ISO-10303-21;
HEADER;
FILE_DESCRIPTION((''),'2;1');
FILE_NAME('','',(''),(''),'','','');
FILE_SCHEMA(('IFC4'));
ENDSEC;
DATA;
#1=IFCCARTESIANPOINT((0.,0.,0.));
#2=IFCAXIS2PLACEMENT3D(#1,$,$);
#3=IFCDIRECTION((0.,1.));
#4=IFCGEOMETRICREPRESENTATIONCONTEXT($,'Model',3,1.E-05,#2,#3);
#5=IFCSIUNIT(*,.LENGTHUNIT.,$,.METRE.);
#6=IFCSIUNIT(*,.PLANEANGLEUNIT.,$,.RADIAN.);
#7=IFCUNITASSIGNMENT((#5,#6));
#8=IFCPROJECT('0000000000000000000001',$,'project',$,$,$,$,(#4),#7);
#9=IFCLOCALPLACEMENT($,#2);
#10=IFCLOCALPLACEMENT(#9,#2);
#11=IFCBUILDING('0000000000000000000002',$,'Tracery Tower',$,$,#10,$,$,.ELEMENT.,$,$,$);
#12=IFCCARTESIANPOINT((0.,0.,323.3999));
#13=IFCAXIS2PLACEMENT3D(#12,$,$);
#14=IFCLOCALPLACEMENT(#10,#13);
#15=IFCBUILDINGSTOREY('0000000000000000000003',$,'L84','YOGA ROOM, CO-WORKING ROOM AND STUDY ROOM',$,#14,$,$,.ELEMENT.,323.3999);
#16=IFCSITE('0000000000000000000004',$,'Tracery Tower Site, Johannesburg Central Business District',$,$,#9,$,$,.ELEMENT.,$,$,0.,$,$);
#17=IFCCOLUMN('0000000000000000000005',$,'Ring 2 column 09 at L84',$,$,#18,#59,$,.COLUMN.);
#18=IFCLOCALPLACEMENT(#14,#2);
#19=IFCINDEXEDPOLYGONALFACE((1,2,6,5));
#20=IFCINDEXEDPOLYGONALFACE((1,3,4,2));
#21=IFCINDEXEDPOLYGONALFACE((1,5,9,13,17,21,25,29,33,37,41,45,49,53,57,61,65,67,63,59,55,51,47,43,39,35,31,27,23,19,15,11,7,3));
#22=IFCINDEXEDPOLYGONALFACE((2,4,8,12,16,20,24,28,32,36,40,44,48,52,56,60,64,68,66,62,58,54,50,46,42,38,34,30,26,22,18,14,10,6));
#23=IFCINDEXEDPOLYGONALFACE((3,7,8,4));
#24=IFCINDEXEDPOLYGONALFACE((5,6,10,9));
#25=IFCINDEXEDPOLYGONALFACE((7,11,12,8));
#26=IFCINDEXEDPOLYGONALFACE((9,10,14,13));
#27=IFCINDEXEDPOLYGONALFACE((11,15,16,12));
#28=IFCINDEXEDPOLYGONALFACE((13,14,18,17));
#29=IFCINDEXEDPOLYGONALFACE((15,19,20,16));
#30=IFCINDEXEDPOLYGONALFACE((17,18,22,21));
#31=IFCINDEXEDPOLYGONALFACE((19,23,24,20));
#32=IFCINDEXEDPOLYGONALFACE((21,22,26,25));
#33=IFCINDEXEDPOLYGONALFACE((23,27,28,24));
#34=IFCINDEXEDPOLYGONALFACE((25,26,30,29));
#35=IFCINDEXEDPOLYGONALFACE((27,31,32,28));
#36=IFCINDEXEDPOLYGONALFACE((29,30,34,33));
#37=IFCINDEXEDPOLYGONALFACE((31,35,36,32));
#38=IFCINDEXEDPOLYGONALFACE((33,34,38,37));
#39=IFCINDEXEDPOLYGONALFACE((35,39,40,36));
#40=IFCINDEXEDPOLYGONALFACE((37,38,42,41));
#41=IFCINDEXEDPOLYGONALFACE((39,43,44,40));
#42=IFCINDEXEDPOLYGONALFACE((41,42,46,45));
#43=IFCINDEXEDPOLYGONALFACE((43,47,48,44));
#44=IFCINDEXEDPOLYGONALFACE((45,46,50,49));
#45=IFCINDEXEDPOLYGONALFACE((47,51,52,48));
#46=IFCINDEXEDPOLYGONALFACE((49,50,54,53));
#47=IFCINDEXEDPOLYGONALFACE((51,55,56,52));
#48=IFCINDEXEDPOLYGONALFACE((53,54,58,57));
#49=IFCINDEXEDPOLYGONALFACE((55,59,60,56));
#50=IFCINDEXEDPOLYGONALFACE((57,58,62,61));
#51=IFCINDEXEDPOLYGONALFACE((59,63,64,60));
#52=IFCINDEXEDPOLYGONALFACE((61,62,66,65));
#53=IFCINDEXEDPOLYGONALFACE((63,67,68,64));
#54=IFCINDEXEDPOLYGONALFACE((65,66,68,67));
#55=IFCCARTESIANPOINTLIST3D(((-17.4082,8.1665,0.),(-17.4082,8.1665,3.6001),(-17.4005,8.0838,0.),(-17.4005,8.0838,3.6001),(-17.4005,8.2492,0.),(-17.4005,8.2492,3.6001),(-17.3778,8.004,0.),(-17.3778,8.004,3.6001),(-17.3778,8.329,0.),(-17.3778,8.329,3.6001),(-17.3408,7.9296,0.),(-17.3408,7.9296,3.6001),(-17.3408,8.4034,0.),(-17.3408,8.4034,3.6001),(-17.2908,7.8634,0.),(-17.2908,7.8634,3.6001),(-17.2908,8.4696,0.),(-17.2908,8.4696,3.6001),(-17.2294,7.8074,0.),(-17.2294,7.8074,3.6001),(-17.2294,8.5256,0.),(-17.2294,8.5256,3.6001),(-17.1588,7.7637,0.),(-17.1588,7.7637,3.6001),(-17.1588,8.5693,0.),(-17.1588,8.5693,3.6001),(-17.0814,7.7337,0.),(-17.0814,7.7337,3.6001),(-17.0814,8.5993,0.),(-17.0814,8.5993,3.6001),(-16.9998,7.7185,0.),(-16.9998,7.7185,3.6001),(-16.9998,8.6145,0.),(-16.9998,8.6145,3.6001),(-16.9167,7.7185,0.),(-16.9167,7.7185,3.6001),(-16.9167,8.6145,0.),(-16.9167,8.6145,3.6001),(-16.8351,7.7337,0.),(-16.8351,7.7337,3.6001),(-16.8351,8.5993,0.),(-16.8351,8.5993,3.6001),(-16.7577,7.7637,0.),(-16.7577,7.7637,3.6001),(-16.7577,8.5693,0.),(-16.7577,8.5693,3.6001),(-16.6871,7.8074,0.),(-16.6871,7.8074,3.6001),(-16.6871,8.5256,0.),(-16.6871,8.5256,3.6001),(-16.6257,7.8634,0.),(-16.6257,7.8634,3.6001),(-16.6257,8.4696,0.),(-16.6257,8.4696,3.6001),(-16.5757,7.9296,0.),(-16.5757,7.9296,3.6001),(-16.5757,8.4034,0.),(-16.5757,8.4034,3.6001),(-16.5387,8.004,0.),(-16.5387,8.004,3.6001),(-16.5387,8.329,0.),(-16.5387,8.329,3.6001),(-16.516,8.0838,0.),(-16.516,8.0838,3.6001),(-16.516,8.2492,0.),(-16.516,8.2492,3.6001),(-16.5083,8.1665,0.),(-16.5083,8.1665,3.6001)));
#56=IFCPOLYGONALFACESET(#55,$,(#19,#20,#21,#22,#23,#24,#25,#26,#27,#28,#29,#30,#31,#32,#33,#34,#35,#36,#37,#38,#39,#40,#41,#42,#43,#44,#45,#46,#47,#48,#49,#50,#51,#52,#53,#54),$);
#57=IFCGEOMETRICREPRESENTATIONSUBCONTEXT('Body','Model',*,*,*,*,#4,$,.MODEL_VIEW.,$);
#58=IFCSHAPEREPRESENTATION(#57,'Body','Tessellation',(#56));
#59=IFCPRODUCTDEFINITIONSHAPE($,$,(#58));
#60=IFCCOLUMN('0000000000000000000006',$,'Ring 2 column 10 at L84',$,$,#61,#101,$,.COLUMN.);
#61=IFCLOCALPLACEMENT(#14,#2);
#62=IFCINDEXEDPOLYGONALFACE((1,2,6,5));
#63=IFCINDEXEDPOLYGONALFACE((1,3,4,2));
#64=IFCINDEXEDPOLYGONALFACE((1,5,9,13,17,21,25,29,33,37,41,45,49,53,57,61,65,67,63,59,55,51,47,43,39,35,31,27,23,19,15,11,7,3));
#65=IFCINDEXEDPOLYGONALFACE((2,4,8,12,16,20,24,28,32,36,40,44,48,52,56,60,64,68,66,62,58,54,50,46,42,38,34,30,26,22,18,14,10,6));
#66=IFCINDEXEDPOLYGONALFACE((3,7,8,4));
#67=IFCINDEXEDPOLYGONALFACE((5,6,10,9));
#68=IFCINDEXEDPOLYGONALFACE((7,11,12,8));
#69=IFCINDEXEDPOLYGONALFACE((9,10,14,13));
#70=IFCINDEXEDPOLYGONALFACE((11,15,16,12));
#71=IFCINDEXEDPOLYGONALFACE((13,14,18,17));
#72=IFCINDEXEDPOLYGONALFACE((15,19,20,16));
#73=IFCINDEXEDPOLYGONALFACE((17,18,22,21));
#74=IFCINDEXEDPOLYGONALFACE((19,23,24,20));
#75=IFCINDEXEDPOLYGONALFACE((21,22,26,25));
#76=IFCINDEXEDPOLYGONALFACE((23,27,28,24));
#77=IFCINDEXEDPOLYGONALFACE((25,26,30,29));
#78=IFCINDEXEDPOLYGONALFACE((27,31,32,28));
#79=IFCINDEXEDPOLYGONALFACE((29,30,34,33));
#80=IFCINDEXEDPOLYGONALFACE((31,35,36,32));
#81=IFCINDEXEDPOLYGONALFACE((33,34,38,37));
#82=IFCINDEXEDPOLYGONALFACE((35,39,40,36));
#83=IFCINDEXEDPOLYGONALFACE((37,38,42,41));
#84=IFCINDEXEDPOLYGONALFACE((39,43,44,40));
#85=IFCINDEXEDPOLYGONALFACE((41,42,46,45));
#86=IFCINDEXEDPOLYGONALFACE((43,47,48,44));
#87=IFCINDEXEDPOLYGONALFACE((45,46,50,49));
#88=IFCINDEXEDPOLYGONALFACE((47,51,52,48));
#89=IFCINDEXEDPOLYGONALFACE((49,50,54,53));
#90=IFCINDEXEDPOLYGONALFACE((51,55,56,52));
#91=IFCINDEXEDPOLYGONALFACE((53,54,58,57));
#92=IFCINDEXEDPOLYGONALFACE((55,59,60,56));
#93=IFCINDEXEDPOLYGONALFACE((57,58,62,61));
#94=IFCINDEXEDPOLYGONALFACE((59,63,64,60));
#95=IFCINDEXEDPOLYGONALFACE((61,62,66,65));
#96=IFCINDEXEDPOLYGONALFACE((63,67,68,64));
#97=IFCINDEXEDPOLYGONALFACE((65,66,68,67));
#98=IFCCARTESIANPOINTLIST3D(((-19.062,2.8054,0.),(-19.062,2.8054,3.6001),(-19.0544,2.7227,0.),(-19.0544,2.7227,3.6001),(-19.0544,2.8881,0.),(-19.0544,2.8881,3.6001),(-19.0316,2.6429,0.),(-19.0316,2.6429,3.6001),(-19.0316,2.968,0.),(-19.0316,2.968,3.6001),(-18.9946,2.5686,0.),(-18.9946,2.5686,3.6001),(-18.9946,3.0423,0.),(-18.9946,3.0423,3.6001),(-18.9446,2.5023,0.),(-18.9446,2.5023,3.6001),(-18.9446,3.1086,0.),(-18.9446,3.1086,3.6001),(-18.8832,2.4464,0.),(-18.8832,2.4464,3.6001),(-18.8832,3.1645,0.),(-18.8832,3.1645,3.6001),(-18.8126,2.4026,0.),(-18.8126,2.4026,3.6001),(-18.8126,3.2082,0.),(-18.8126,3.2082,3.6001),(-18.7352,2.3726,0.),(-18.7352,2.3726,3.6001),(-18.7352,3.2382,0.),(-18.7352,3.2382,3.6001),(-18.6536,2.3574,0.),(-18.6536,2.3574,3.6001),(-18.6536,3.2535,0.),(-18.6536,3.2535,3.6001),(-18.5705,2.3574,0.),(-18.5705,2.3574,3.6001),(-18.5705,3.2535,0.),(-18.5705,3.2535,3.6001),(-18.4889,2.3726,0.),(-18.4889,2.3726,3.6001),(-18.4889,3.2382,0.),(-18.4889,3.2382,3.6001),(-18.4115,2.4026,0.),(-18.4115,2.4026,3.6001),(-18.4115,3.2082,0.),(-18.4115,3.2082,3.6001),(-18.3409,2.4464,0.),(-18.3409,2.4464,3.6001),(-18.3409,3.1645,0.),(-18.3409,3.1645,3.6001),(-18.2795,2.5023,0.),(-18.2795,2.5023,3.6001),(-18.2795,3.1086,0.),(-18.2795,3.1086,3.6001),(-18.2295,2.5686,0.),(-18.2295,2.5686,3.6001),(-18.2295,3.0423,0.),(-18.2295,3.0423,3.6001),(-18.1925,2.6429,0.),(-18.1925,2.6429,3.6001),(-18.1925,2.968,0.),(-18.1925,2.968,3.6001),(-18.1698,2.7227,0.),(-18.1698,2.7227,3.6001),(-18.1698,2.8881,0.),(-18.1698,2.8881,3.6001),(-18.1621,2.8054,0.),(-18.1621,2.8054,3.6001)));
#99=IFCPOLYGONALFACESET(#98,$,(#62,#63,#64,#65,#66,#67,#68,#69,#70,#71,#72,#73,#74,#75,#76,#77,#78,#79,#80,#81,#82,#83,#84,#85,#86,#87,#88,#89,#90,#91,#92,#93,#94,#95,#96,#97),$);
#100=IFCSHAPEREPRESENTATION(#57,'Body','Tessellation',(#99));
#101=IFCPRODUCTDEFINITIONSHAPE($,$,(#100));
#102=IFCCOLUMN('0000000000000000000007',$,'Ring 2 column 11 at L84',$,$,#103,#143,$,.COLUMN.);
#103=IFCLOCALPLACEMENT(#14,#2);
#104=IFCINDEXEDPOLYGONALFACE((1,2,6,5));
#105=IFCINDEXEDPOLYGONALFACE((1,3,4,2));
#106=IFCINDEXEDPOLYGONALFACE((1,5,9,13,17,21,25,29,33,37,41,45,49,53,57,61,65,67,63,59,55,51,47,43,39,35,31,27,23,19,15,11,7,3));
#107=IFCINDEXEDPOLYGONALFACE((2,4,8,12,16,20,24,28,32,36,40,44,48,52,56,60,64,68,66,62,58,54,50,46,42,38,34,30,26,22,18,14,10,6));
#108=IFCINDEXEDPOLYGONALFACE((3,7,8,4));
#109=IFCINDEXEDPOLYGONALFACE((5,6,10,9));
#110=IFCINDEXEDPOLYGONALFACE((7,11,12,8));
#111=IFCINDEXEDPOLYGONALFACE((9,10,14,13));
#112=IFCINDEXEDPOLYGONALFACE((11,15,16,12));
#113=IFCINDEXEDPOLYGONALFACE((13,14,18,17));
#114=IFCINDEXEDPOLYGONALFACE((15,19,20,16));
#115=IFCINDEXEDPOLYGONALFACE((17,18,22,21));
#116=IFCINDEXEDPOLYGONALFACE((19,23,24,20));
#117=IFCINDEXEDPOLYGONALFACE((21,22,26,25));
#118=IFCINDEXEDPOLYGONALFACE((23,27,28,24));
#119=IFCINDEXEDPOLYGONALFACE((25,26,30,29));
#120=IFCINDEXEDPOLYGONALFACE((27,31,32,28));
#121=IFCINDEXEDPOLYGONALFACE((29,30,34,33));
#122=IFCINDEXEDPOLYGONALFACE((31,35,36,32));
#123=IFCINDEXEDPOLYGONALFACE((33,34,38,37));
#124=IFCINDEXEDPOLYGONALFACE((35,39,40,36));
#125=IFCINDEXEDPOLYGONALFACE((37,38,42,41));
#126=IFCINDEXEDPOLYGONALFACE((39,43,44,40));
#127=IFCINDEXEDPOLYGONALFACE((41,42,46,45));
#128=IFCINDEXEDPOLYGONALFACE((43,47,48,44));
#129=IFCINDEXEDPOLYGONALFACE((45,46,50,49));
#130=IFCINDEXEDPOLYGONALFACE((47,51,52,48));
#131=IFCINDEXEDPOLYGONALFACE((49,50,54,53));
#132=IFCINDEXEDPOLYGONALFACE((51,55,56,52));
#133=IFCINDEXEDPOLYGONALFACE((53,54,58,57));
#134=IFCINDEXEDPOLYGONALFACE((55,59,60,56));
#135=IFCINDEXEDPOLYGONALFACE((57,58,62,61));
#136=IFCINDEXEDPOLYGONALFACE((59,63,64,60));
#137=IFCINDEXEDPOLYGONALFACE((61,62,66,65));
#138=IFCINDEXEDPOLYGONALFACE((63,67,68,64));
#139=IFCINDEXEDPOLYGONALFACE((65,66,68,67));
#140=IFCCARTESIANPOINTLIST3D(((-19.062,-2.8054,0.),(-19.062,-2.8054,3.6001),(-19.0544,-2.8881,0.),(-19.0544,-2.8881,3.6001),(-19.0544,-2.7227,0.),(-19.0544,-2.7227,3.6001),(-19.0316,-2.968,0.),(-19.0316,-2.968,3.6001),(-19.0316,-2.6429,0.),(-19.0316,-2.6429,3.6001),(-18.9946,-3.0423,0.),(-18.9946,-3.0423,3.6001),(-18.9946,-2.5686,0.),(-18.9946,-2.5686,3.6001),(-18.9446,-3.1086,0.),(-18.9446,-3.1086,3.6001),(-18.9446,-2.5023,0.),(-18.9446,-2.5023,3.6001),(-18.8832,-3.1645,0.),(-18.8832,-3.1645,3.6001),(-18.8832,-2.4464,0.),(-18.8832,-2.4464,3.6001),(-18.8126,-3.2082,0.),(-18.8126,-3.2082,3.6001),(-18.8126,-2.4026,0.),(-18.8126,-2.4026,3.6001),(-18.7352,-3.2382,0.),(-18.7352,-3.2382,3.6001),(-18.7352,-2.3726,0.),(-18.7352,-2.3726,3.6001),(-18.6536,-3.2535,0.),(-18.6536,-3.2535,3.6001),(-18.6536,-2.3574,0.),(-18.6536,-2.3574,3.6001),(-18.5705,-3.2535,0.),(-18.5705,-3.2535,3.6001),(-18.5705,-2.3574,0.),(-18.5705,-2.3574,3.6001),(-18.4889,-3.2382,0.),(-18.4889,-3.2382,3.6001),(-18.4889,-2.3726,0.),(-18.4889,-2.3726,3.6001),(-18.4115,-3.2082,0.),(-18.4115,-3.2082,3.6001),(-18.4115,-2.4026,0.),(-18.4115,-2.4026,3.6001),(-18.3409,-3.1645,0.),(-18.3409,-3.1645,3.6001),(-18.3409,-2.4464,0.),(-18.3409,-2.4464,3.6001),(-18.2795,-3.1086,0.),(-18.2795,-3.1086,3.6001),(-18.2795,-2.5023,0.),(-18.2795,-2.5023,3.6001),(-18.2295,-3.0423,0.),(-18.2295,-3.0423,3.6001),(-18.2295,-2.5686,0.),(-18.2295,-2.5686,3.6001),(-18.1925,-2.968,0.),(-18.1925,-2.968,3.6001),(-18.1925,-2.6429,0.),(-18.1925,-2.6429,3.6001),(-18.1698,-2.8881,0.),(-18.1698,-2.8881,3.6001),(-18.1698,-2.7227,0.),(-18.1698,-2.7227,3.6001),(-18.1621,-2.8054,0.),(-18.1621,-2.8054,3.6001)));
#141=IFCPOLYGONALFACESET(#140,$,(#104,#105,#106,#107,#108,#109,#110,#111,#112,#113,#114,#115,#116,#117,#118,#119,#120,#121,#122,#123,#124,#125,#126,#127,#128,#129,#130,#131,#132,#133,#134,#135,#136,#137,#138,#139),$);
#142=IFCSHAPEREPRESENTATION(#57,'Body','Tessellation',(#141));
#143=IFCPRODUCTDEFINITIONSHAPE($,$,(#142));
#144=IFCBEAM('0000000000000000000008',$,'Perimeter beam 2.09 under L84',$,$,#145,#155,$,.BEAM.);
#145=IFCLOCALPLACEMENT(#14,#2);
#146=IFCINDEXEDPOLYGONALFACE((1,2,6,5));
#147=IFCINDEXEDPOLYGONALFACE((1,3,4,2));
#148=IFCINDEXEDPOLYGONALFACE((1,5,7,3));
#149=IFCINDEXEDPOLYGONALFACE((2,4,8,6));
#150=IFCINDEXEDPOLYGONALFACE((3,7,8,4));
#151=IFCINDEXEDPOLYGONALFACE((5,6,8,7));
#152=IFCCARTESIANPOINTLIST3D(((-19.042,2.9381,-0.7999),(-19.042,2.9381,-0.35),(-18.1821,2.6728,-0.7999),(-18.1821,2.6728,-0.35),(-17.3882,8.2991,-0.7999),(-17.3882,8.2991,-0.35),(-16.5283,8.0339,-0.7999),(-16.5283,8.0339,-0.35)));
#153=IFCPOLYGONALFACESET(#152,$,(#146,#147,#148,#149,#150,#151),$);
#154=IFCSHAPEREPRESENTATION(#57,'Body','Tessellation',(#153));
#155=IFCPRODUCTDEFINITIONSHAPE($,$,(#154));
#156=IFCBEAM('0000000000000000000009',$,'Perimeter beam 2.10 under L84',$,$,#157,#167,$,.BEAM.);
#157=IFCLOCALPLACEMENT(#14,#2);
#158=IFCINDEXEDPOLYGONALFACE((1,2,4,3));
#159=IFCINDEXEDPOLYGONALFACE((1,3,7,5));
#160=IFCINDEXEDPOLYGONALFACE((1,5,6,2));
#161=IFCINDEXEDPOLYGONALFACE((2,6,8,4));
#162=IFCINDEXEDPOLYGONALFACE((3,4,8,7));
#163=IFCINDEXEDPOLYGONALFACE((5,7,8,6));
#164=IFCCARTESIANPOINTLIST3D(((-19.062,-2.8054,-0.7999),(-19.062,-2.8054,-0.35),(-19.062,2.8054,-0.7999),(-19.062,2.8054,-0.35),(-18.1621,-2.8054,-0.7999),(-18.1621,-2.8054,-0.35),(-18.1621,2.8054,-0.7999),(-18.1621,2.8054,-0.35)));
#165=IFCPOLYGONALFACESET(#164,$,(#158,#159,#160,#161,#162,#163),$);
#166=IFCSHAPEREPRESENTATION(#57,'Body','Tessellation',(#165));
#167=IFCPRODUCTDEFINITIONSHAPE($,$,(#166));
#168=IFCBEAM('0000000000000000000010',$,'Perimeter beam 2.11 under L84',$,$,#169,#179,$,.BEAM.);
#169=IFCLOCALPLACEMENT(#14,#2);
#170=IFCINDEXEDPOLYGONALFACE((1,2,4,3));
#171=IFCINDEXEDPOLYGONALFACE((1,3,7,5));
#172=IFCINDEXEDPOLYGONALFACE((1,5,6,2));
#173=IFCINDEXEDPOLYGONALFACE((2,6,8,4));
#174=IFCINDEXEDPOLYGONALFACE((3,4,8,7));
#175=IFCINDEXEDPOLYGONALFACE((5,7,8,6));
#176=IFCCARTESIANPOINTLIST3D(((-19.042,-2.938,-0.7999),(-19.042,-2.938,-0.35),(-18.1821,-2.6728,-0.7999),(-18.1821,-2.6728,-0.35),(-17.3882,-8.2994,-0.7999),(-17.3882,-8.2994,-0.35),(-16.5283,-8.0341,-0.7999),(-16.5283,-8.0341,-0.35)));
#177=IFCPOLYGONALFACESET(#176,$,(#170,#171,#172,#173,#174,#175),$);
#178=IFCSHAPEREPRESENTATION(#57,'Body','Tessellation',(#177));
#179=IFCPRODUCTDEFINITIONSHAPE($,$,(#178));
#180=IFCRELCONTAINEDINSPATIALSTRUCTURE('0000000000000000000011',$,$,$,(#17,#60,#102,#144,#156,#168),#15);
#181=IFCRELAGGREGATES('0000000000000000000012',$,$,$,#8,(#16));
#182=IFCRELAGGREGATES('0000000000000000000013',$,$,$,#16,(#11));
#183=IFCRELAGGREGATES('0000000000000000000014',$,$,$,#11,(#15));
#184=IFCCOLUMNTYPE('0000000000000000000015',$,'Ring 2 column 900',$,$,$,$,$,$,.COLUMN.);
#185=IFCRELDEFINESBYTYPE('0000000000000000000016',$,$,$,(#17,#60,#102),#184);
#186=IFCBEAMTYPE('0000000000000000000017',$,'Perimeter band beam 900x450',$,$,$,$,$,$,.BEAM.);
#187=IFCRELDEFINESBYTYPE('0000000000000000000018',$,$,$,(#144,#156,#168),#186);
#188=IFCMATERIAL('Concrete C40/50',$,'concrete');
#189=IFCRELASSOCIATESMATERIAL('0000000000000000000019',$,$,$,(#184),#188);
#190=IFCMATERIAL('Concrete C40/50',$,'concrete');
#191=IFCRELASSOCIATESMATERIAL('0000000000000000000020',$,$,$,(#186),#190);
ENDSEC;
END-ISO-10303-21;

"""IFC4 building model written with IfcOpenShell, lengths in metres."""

from ifc_helpers import new_model, si_unit, direction, frame, origin, origin_2d, place, context, subcontext, project, spatial, rectangle, circle, extrude, material, material_profile, profile_set, type_object, element, save


model = new_model("IFC4")

# Units and contexts
model_context = context("Model", 3, precision=1e-05, world=origin(), true_north=direction((0.0, 1.0)))
body_context = subcontext(model_context, "Body", "Model", "MODEL_VIEW")
ifc_project = project(units=[si_unit("LENGTHUNIT", "METRE"), si_unit("PLANEANGLEUNIT", "RADIAN")], contexts=[model_context])

# Site, building, storey
site_placement = place(None, origin())
site = spatial("IfcSite", under=ifc_project, at=site_placement, Name="Tracery Tower Site, Johannesburg Central Business District", CompositionType="ELEMENT", RefElevation=0.0)
building_placement = place(site_placement, origin())
building = spatial("IfcBuilding", under=site, at=building_placement, Name="Tracery Tower", CompositionType="ELEMENT")
storey_placement = place(building_placement, frame((0.0, 0.0, 323.3999)))
storey = spatial("IfcBuildingStorey", under=building, at=storey_placement, Name="L84", Description="YOGA ROOM, CO-WORKING ROOM AND STUDY ROOM", CompositionType="ELEMENT", Elevation=323.3999)

# Columns
ifc_material_1 = material(Name="Concrete C40/50", Category="concrete")
ifc_material_profile_1 = material_profile(ifc_material_1, circle(Radius=0.45, at=origin_2d()), Name="RC D900")
ifc_profile_set_1 = profile_set([ifc_material_profile_1], Name="Concrete C40/50")
column_type = type_object("IfcColumnType", Name="Ring 2 column 900", PredefinedType="COLUMN", material=ifc_profile_set_1)
for number, where, z_axis, x_axis, name in (
    (1, (-16.9583, 8.1665, 0.0), (0.0, 0.0, 1.0), (1.0, 0.0, 0.0), "Ring 2 column 09 at L84"),
    (2, (-18.6121, 2.8054, 0.0), (0.0, 0.0, 1.0), (1.0, 0.0, 0.0), "Ring 2 column 10 at L84"),
    (3, (-18.6121, -2.8054, 0.0), (0.0, 0.0, 1.0), (1.0, 0.0, 0.0), "Ring 2 column 11 at L84"),
):
    element("IfcColumn", number, at=place(storey_placement, frame(where, z_axis=z_axis, x_axis=x_axis)), inside=storey, type_object=column_type, Name=name, PredefinedType="COLUMN", context=body_context, shape_type="SweptSolid", body=[
        extrude(circle(Radius=0.45, at=origin_2d()), origin(), (0.0, 0.0, 1.0), 3.6001),
    ])

# Beams
ifc_material_2 = material(Name="Concrete C40/50", Category="concrete")
ifc_material_profile_2 = material_profile(ifc_material_2, rectangle(XDim=0.8999, YDim=0.45, at=origin_2d()), Name="RC 900x450")
ifc_profile_set_2 = profile_set([ifc_material_profile_2], Name="Concrete C40/50")
beam_type = type_object("IfcBeamType", Name="Perimeter band beam 900x450", PredefinedType="BEAM", material=ifc_profile_set_2)
beam_1_placement = place(storey_placement, frame((-16.9583, 8.1665, -0.575), z_axis=(-0.294777, -0.955566, 0.0), x_axis=(0.955566, -0.294777, 0.0)))
element("IfcBeam", 4, at=beam_1_placement, inside=storey, type_object=beam_type, Name="Perimeter beam 2.09 under L84", PredefinedType="BEAM", context=body_context, shape_type="SweptSolid", body=[
    extrude(rectangle(XDim=0.8999, YDim=0.45, at=origin_2d()), origin(), (0.0, 0.0, 1.0), 5.6104),
])
beam_2_placement = place(storey_placement, frame((-18.6121, 2.8054, -0.575), z_axis=(0.0, -1.0, 0.0), x_axis=(1.0, 0.0, 0.0)))
element("IfcBeam", 5, at=beam_2_placement, inside=storey, type_object=beam_type, Name="Perimeter beam 2.10 under L84", PredefinedType="BEAM", context=body_context, shape_type="SweptSolid", body=[
    extrude(rectangle(XDim=0.8999, YDim=0.45, at=origin_2d()), origin(), (0.0, 0.0, 1.0), 5.6108),
])
beam_3_placement = place(storey_placement, frame((-18.6121, -2.8054, -0.575), z_axis=(0.294765, -0.95557, 0.0), x_axis=(0.95557, 0.294765, 0.0)))
element("IfcBeam", 6, at=beam_3_placement, inside=storey, type_object=beam_type, Name="Perimeter beam 2.11 under L84", PredefinedType="BEAM", context=body_context, shape_type="SweptSolid", body=[
    extrude(rectangle(XDim=0.8999, YDim=0.45, at=origin_2d()), origin(), (0.0, 0.0, 1.0), 5.6106),
])

save(model, "model.ifc")
